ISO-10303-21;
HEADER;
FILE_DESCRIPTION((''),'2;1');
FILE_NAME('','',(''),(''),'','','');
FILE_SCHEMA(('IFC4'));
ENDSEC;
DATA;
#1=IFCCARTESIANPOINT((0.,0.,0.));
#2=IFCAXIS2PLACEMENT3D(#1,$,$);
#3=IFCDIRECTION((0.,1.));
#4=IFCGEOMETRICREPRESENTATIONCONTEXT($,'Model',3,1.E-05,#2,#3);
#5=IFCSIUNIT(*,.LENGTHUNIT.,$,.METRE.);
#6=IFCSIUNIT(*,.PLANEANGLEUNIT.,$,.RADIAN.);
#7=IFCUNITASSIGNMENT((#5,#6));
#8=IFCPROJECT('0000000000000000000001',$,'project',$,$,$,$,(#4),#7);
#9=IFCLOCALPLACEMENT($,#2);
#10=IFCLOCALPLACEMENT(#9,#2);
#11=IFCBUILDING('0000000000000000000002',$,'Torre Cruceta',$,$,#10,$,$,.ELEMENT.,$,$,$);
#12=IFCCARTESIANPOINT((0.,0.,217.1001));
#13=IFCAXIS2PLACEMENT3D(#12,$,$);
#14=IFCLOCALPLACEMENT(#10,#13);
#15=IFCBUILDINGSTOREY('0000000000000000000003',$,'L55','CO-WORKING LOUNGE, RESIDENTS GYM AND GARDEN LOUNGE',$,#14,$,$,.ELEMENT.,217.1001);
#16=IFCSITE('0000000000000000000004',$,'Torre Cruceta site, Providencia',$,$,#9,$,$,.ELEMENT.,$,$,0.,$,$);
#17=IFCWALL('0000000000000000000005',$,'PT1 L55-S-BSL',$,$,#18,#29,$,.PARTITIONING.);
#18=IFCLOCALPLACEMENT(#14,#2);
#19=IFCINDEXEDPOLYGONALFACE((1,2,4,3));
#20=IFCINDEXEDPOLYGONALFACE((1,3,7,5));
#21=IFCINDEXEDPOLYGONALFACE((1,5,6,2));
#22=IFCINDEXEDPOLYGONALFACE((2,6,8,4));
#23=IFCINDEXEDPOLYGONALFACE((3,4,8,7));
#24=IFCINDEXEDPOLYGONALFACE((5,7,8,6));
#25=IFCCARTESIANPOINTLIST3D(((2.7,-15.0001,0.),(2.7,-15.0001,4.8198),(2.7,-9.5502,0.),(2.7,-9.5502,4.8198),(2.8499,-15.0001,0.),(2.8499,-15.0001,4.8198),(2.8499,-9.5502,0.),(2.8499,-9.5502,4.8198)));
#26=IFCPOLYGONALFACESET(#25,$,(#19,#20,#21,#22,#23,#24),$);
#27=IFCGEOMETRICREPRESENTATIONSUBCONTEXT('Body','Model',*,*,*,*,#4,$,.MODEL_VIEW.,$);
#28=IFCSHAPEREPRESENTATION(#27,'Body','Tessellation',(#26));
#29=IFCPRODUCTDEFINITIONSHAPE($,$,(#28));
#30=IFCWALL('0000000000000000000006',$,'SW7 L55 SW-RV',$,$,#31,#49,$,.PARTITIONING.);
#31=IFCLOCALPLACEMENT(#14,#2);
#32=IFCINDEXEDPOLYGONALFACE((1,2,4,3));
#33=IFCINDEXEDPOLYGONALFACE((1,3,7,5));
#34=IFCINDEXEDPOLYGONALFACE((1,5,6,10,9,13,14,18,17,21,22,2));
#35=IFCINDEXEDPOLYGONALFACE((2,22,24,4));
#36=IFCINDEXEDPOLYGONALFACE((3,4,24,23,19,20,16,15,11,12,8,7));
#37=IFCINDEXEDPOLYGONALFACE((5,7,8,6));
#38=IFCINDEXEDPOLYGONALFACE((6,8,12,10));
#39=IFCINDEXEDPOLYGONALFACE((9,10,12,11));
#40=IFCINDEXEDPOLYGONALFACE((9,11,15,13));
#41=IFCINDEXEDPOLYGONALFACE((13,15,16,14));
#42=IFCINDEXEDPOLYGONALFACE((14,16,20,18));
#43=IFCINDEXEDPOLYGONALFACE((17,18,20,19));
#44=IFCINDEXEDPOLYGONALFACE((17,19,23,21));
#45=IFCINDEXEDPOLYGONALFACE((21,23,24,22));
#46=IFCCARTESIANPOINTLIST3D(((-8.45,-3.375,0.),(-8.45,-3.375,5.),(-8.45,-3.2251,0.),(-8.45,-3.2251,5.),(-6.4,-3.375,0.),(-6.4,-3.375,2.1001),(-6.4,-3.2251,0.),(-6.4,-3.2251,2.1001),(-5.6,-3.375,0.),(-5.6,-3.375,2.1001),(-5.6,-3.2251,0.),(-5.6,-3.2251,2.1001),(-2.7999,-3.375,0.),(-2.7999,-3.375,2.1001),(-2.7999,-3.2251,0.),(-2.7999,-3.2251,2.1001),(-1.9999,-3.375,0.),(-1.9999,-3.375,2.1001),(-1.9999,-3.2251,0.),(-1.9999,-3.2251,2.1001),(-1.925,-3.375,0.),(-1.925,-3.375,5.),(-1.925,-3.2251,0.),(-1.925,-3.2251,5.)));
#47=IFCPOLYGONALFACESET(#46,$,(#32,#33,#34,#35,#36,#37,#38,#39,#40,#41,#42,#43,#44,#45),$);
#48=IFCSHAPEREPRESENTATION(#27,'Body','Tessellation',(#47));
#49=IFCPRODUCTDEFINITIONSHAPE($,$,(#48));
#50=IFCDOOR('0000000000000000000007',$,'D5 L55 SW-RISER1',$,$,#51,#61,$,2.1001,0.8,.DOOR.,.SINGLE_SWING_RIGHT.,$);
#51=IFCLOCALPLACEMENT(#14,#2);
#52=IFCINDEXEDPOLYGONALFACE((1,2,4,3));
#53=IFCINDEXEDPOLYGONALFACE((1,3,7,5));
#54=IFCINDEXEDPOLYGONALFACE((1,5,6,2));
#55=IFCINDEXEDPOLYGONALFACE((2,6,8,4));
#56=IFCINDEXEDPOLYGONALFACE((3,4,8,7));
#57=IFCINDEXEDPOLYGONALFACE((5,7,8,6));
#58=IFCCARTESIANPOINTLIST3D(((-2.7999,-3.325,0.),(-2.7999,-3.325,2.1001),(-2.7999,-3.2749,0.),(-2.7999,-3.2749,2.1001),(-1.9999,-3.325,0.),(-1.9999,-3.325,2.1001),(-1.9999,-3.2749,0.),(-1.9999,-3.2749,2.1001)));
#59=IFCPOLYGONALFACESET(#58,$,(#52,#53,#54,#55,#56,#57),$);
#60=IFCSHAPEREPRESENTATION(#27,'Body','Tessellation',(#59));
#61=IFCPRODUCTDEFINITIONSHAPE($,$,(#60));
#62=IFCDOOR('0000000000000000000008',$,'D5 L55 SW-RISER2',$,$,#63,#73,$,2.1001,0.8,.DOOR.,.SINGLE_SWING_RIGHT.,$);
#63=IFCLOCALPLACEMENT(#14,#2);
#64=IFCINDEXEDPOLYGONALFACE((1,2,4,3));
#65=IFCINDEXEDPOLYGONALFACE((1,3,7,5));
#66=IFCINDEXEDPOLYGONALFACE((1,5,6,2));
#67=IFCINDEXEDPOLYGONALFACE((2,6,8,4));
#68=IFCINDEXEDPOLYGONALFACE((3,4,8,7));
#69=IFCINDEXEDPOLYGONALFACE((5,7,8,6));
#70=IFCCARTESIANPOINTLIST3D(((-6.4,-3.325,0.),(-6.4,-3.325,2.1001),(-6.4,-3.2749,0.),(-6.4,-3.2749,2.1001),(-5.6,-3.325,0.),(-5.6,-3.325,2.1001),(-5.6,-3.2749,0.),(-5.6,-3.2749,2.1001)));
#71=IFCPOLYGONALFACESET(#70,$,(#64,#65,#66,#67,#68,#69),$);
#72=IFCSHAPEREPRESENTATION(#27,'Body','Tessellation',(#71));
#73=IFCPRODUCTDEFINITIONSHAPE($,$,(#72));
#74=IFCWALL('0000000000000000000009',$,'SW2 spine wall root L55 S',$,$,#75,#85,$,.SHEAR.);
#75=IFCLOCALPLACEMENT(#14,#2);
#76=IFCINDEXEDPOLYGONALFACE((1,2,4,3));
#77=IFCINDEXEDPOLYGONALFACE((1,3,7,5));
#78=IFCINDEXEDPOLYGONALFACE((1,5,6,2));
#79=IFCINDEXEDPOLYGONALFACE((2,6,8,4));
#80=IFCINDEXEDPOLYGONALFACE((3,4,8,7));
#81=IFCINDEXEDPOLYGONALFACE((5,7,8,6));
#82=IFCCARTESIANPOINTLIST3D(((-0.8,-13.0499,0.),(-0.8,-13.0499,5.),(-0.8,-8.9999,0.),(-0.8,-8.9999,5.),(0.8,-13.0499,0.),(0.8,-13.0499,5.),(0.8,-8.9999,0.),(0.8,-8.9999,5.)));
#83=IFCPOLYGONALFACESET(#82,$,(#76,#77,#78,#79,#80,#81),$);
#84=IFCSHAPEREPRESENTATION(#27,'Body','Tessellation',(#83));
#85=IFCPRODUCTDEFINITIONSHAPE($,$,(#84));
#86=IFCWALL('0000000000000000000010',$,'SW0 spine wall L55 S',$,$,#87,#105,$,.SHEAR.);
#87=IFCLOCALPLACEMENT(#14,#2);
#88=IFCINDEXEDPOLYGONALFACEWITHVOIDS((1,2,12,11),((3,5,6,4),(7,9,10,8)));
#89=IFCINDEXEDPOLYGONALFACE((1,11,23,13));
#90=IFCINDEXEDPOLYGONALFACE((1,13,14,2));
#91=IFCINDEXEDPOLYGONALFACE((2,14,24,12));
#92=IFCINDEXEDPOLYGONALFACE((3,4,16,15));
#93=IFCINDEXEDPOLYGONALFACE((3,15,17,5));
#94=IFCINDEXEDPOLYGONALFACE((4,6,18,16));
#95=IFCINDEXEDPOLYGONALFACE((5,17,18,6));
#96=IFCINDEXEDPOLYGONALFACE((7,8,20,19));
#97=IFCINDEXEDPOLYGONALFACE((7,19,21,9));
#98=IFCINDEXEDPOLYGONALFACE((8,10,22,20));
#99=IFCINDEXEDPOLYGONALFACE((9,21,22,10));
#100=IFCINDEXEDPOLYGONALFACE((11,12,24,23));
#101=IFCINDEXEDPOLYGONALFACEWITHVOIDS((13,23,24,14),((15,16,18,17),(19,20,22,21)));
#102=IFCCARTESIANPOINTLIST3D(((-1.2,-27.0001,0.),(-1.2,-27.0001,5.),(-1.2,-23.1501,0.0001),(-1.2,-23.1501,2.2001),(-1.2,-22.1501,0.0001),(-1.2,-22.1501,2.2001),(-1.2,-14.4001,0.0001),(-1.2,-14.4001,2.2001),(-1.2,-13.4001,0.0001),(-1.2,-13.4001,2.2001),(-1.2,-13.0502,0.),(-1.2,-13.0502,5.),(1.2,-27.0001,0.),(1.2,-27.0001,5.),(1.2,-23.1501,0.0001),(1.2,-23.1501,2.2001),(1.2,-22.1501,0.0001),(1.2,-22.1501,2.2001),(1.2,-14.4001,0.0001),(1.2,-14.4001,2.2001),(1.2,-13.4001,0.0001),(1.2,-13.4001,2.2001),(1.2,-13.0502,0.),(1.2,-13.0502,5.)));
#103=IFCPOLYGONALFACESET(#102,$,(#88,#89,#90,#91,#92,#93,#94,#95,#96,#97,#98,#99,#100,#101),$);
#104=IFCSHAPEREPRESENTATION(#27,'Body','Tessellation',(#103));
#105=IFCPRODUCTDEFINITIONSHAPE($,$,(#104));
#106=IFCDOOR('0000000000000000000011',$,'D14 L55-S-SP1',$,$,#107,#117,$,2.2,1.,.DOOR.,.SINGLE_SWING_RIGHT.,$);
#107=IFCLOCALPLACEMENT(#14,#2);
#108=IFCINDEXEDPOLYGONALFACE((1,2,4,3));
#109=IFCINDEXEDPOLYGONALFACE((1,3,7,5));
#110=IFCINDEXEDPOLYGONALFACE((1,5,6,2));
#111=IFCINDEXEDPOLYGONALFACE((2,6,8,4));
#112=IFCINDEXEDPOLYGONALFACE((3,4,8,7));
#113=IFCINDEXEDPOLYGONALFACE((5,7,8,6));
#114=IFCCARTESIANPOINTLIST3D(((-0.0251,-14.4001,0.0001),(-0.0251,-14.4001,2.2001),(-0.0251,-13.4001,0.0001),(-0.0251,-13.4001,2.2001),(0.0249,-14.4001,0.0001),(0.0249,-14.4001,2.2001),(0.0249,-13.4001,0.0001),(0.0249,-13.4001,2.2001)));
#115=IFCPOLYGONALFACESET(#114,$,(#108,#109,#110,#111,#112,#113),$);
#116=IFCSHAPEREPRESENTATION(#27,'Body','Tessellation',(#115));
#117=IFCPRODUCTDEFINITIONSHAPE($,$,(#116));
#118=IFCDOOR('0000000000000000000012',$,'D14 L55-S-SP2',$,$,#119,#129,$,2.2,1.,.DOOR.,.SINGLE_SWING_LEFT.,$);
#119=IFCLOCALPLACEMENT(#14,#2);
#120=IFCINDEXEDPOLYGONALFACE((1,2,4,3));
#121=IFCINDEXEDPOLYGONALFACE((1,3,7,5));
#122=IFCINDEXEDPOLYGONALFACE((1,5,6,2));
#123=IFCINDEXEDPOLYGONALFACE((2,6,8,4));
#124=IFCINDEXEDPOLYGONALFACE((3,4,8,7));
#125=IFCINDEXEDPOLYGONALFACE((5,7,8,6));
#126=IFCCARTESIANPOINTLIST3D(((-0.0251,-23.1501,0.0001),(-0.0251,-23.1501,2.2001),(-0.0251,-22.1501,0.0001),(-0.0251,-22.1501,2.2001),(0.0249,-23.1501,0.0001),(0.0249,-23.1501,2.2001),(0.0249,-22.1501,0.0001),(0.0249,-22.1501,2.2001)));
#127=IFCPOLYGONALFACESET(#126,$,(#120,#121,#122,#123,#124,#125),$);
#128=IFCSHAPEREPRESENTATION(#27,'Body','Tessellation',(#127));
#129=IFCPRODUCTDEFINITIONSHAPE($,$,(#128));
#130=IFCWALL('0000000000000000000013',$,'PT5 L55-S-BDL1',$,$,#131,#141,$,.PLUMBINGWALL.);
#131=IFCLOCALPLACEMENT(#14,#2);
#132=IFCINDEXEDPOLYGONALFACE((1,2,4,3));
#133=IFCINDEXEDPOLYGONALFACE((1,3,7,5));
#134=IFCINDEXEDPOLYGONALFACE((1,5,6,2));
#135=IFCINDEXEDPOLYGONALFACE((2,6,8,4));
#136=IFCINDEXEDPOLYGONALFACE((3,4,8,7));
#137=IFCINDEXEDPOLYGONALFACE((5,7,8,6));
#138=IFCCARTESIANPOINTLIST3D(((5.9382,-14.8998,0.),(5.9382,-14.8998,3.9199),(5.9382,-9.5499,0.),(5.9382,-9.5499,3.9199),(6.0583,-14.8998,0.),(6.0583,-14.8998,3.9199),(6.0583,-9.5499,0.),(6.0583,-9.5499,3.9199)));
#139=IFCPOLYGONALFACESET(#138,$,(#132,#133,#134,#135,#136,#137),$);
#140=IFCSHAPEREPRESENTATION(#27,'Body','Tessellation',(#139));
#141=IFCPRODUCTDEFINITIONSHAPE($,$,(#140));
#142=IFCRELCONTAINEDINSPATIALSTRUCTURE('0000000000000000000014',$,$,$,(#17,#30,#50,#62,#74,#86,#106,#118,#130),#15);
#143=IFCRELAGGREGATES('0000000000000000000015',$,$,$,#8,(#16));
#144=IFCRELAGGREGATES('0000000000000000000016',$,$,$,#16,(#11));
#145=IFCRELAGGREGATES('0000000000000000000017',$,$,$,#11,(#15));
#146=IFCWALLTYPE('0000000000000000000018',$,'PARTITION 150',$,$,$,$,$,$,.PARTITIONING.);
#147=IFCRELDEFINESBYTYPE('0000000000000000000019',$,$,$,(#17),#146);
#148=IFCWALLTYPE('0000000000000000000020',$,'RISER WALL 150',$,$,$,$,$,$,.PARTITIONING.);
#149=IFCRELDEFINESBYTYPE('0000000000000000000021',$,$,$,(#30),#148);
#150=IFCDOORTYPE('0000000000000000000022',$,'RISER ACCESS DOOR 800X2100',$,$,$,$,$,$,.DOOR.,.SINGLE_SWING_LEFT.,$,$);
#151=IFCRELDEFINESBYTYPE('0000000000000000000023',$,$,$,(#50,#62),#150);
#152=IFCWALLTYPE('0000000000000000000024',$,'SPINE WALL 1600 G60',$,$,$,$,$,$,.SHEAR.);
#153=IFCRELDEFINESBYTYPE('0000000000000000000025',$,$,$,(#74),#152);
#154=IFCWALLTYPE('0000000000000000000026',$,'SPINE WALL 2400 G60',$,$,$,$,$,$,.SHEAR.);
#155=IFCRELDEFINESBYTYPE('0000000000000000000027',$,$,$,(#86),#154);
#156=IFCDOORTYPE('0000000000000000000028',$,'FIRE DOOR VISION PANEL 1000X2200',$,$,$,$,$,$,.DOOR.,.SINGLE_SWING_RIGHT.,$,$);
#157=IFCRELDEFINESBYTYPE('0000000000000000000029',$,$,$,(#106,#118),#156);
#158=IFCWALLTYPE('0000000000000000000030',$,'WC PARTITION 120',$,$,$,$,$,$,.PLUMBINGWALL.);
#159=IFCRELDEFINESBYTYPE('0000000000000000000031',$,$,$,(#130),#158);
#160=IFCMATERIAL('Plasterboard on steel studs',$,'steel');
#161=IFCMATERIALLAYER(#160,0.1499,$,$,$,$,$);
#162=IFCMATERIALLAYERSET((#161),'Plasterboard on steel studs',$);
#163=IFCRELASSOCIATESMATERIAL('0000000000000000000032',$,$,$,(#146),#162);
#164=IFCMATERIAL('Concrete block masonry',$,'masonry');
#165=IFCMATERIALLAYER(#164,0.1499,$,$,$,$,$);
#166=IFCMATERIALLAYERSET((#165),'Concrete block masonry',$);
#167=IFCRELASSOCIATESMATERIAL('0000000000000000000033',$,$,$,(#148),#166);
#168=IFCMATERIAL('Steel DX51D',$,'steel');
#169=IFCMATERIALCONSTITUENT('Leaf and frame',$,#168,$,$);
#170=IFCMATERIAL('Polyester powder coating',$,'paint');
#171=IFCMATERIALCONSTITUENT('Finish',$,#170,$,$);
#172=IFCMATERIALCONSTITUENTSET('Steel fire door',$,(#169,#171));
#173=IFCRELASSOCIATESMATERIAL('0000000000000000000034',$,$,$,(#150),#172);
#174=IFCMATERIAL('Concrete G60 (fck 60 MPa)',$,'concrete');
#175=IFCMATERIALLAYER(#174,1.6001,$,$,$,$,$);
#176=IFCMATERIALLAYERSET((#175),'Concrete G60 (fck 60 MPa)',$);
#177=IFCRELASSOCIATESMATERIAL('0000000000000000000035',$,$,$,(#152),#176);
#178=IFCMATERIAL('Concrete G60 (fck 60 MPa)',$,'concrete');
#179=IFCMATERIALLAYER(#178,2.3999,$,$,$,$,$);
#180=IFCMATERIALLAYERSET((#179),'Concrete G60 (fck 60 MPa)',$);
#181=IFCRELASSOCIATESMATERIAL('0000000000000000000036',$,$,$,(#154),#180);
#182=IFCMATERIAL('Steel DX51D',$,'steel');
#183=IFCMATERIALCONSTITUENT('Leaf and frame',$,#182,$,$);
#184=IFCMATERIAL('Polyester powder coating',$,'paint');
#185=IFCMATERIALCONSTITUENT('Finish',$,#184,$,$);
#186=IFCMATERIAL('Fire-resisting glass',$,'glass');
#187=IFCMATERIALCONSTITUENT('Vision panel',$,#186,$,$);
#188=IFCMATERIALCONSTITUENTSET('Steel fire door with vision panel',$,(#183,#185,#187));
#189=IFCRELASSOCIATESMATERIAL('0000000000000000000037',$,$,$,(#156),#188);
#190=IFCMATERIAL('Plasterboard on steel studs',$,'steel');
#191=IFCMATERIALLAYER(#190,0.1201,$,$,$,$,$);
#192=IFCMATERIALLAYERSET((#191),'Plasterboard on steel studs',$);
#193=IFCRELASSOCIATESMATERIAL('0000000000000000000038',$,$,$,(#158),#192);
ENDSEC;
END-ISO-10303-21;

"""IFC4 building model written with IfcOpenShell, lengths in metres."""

from ifc_helpers import new_model, si_unit, direction, frame, frame_2d, origin, place, context, subcontext, project, spatial, rectangle, extrude, material, layer, layer_set, constituent, constituent_set, type_object, element, fill, save


model = new_model("IFC4")

# Units and contexts
model_context = context("Model", 3, precision=1e-05, world=origin(), true_north=direction((0.0, 1.0)))
body_context = subcontext(model_context, "Body", "Model", "MODEL_VIEW")
ifc_project = project(units=[si_unit("LENGTHUNIT", "METRE"), si_unit("PLANEANGLEUNIT", "RADIAN")], contexts=[model_context])

# Site, building, storey
site_placement = place(None, origin())
site = spatial("IfcSite", under=ifc_project, at=site_placement, Name="Torre Cruceta site, Providencia", CompositionType="ELEMENT", RefElevation=0.0)
building_placement = place(site_placement, origin())
building = spatial("IfcBuilding", under=site, at=building_placement, Name="Torre Cruceta", CompositionType="ELEMENT")
storey_placement = place(building_placement, frame((0.0, 0.0, 217.1001)))
storey = spatial("IfcBuildingStorey", under=building, at=storey_placement, Name="L55", Description="CO-WORKING LOUNGE, RESIDENTS GYM AND GARDEN LOUNGE", CompositionType="ELEMENT", Elevation=217.1001)

# Wall
ifc_material_1 = material(Name="Plasterboard on steel studs", Category="steel")
ifc_layer_1 = layer(ifc_material_1, 0.1499)
ifc_layer_set_1 = layer_set([ifc_layer_1], Name="Plasterboard on steel studs")
wall_type_1 = type_object("IfcWallType", Name="PARTITION 150", PredefinedType="PARTITIONING", material=ifc_layer_set_1)
wall_1_placement = place(storey_placement, frame((2.7749, -9.55, 0.0), z_axis=(0.0, 0.0, 1.0), x_axis=(0.0, -1.0, 0.0)))
element("IfcWall", 1, at=wall_1_placement, inside=storey, type_object=wall_type_1, Name="PT1 L55-S-BSL", PredefinedType="PARTITIONING", context=body_context, shape_type="SweptSolid", body=[
    extrude(rectangle(XDim=5.45, YDim=0.1499, at=frame_2d((2.7251, 0.0))), origin(), (0.0, 0.0, 1.0), 4.8198),
])

# Wall, openings, doors
ifc_material_2 = material(Name="Concrete block masonry", Category="masonry")
ifc_layer_2 = layer(ifc_material_2, 0.1499)
ifc_layer_set_2 = layer_set([ifc_layer_2], Name="Concrete block masonry")
wall_type_2 = type_object("IfcWallType", Name="RISER WALL 150", PredefinedType="PARTITIONING", material=ifc_layer_set_2)
wall_2_placement = place(storey_placement, frame((-1.925, -3.3, 0.0), z_axis=(0.0, 0.0, 1.0), x_axis=(-1.0, 0.0, 0.0)))
wall_2 = element("IfcWall", 2, at=wall_2_placement, inside=storey, type_object=wall_type_2, Name="SW7 L55 SW-RV", PredefinedType="PARTITIONING", context=body_context, shape_type="SweptSolid", body=[
    extrude(rectangle(XDim=6.5249, YDim=0.1499, at=frame_2d((3.2625, 0.0))), origin(), (0.0, 0.0, 1.0), 5.0),
])
opening_1_placement = place(wall_2_placement, frame((0.075, 0.0, 0.0)))
opening_1 = element("IfcOpeningElement", 3, at=opening_1_placement, cuts=wall_2, PredefinedType="OPENING", context=body_context, shape_type="SweptSolid", body=[
    extrude(rectangle(XDim=0.8, YDim=2.1001, at=frame_2d((0.3999, 1.05))), frame((0.0, 0.085, 0.0), z_axis=(0.0, -1.0, 0.0), x_axis=(1.0, 0.0, 0.0)), (0.0, 0.0, 1.0), 0.1699),
])
opening_2_placement = place(wall_2_placement, frame((3.675, 0.0, 0.0)))
opening_2 = element("IfcOpeningElement", 4, at=opening_2_placement, cuts=wall_2, PredefinedType="OPENING", context=body_context, shape_type="SweptSolid", body=[
    extrude(rectangle(XDim=0.8, YDim=2.1001, at=frame_2d((0.3999, 1.05))), frame((0.0, 0.085, 0.0), z_axis=(0.0, -1.0, 0.0), x_axis=(1.0, 0.0, 0.0)), (0.0, 0.0, 1.0), 0.1699),
])
ifc_material_3 = material(Name="Steel DX51D", Category="steel")
ifc_constituent_1 = constituent(ifc_material_3, Name="Leaf and frame")
ifc_material_4 = material(Name="Polyester powder coating", Category="paint")
ifc_constituent_2 = constituent(ifc_material_4, Name="Finish")
ifc_constituent_set_1 = constituent_set(constituents=[ifc_constituent_1, ifc_constituent_2], Name="Steel fire door")
door_type_1 = type_object("IfcDoorType", Name="RISER ACCESS DOOR 800X2100", OperationType="SINGLE_SWING_LEFT", PredefinedType="DOOR", material=ifc_constituent_set_1)
door_1_placement = place(opening_1_placement, frame((0.8, 0.0, 0.0), z_axis=(0.0, 0.0, 1.0), x_axis=(-1.0, 0.0, 0.0)))
door_1 = element("IfcDoor", 5, at=door_1_placement, inside=storey, type_object=door_type_1, Name="D5 L55 SW-RISER1", OperationType="SINGLE_SWING_RIGHT", OverallHeight=2.1001, OverallWidth=0.8, PredefinedType="DOOR", context=body_context, shape_type="SweptSolid", body=[
    extrude(rectangle(XDim=0.8, YDim=2.1001, at=frame_2d((0.4001, 1.05))), frame((0.0, 0.0251, 0.0), z_axis=(0.0, -1.0, 0.0), x_axis=(1.0, 0.0, 0.0)), (0.0, 0.0, 1.0), 0.05),
])
fill(opening_1, door_1)
door_2_placement = place(opening_2_placement, frame((0.8, 0.0, 0.0), z_axis=(0.0, 0.0, 1.0), x_axis=(-1.0, 0.0, 0.0)))
door_2 = element("IfcDoor", 6, at=door_2_placement, inside=storey, type_object=door_type_1, Name="D5 L55 SW-RISER2", OperationType="SINGLE_SWING_RIGHT", OverallHeight=2.1001, OverallWidth=0.8, PredefinedType="DOOR", context=body_context, shape_type="SweptSolid", body=[
    extrude(rectangle(XDim=0.8, YDim=2.1001, at=frame_2d((0.4001, 1.05))), frame((0.0, 0.0251, 0.0), z_axis=(0.0, -1.0, 0.0), x_axis=(1.0, 0.0, 0.0)), (0.0, 0.0, 1.0), 0.05),
])
fill(opening_2, door_2)

# Wall
ifc_material_5 = material(Name="Concrete G60 (fck 60 MPa)", Category="concrete")
ifc_layer_3 = layer(ifc_material_5, 1.6001)
ifc_layer_set_3 = layer_set([ifc_layer_3], Name="Concrete G60 (fck 60 MPa)")
wall_type_3 = type_object("IfcWallType", Name="SPINE WALL 1600 G60", PredefinedType="SHEAR", material=ifc_layer_set_3)
wall_3_placement = place(storey_placement, frame((0.0, -9.0, 0.0), z_axis=(0.0, 0.0, 1.0), x_axis=(0.0, -1.0, 0.0)))
element("IfcWall", 7, at=wall_3_placement, inside=storey, type_object=wall_type_3, Name="SW2 spine wall root L55 S", PredefinedType="SHEAR", context=body_context, shape_type="SweptSolid", body=[
    extrude(rectangle(XDim=4.05, YDim=1.6001, at=frame_2d((2.0249, 0.0))), origin(), (0.0, 0.0, 1.0), 5.0),
])

# Wall, openings, doors
ifc_material_6 = material(Name="Concrete G60 (fck 60 MPa)", Category="concrete")
ifc_layer_4 = layer(ifc_material_6, 2.3999)
ifc_layer_set_4 = layer_set([ifc_layer_4], Name="Concrete G60 (fck 60 MPa)")
wall_type_4 = type_object("IfcWallType", Name="SPINE WALL 2400 G60", PredefinedType="SHEAR", material=ifc_layer_set_4)
wall_4_placement = place(storey_placement, frame((0.0, -13.05, 0.0), z_axis=(0.0, 0.0, 1.0), x_axis=(0.0, -1.0, 0.0)))
wall_4 = element("IfcWall", 8, at=wall_4_placement, inside=storey, type_object=wall_type_4, Name="SW0 spine wall L55 S", PredefinedType="SHEAR", context=body_context, shape_type="SweptSolid", body=[
    extrude(rectangle(XDim=13.95, YDim=2.3999, at=frame_2d((6.9751, 0.0))), origin(), (0.0, 0.0, 1.0), 5.0),
])
opening_3_placement = place(wall_4_placement, frame((0.3501, 0.0, 0.0)))
opening_3 = element("IfcOpeningElement", 9, at=opening_3_placement, cuts=wall_4, PredefinedType="OPENING", context=body_context, shape_type="SweptSolid", body=[
    extrude(rectangle(XDim=1.0, YDim=2.2, at=frame_2d((0.5, 1.1001))), frame((0.0, 1.21, 0.0), z_axis=(0.0, -1.0, 0.0), x_axis=(1.0, 0.0, 0.0)), (0.0, 0.0, 1.0), 2.4199),
])
opening_4_placement = place(wall_4_placement, frame((9.1001, 0.0, 0.0)))
opening_4 = element("IfcOpeningElement", 10, at=opening_4_placement, cuts=wall_4, PredefinedType="OPENING", context=body_context, shape_type="SweptSolid", body=[
    extrude(rectangle(XDim=1.0, YDim=2.2, at=frame_2d((0.5, 1.1001))), frame((0.0, 1.21, 0.0), z_axis=(0.0, -1.0, 0.0), x_axis=(1.0, 0.0, 0.0)), (0.0, 0.0, 1.0), 2.4199),
])
ifc_material_7 = material(Name="Steel DX51D", Category="steel")
ifc_constituent_3 = constituent(ifc_material_7, Name="Leaf and frame")
ifc_material_8 = material(Name="Polyester powder coating", Category="paint")
ifc_constituent_4 = constituent(ifc_material_8, Name="Finish")
ifc_material_9 = material(Name="Fire-resisting glass", Category="glass")
ifc_constituent_5 = constituent(ifc_material_9, Name="Vision panel")
ifc_constituent_set_2 = constituent_set(constituents=[ifc_constituent_3, ifc_constituent_4, ifc_constituent_5], Name="Steel fire door with vision panel")
door_type_2 = type_object("IfcDoorType", Name="FIRE DOOR VISION PANEL 1000X2200", OperationType="SINGLE_SWING_RIGHT", PredefinedType="DOOR", material=ifc_constituent_set_2)
door_3_placement = place(opening_3_placement, origin())
door_3 = element("IfcDoor", 11, at=door_3_placement, inside=storey, type_object=door_type_2, Name="D14 L55-S-SP1", OperationType="SINGLE_SWING_RIGHT", OverallHeight=2.2, OverallWidth=1.0, PredefinedType="DOOR", context=body_context, shape_type="SweptSolid", body=[
    extrude(rectangle(XDim=1.0, YDim=2.2, at=frame_2d((0.5, 1.1001))), frame((0.0, 0.0249, 0.0), z_axis=(0.0, -1.0, 0.0), x_axis=(1.0, 0.0, 0.0)), (0.0, 0.0, 1.0), 0.05),
])
fill(opening_3, door_3)
door_4_placement = place(opening_4_placement, origin())
door_4 = element("IfcDoor", 12, at=door_4_placement, inside=storey, type_object=door_type_2, Name="D14 L55-S-SP2", OperationType="SINGLE_SWING_LEFT", OverallHeight=2.2, OverallWidth=1.0, PredefinedType="DOOR", context=body_context, shape_type="SweptSolid", body=[
    extrude(rectangle(XDim=1.0, YDim=2.2, at=frame_2d((0.5, 1.1001))), frame((0.0, 0.0249, 0.0), z_axis=(0.0, -1.0, 0.0), x_axis=(1.0, 0.0, 0.0)), (0.0, 0.0, 1.0), 0.05),
])
fill(opening_4, door_4)

# Wall
ifc_material_10 = material(Name="Plasterboard on steel studs", Category="steel")
ifc_layer_5 = layer(ifc_material_10, 0.1201)
ifc_layer_set_5 = layer_set([ifc_layer_5], Name="Plasterboard on steel studs")
wall_type_5 = type_object("IfcWallType", Name="WC PARTITION 120", PredefinedType="PLUMBINGWALL", material=ifc_layer_set_5)
wall_5_placement = place(storey_placement, frame((5.9983, -9.55, 0.0), z_axis=(0.0, 0.0, 1.0), x_axis=(0.0, -1.0, 0.0)))
element("IfcWall", 13, at=wall_5_placement, inside=storey, type_object=wall_type_5, Name="PT5 L55-S-BDL1", PredefinedType="PLUMBINGWALL", context=body_context, shape_type="SweptSolid", body=[
    extrude(rectangle(XDim=5.3499, YDim=0.1201, at=frame_2d((2.6748, 0.0))), origin(), (0.0, 0.0, 1.0), 3.9199),
])

save(model, "model.ifc")
